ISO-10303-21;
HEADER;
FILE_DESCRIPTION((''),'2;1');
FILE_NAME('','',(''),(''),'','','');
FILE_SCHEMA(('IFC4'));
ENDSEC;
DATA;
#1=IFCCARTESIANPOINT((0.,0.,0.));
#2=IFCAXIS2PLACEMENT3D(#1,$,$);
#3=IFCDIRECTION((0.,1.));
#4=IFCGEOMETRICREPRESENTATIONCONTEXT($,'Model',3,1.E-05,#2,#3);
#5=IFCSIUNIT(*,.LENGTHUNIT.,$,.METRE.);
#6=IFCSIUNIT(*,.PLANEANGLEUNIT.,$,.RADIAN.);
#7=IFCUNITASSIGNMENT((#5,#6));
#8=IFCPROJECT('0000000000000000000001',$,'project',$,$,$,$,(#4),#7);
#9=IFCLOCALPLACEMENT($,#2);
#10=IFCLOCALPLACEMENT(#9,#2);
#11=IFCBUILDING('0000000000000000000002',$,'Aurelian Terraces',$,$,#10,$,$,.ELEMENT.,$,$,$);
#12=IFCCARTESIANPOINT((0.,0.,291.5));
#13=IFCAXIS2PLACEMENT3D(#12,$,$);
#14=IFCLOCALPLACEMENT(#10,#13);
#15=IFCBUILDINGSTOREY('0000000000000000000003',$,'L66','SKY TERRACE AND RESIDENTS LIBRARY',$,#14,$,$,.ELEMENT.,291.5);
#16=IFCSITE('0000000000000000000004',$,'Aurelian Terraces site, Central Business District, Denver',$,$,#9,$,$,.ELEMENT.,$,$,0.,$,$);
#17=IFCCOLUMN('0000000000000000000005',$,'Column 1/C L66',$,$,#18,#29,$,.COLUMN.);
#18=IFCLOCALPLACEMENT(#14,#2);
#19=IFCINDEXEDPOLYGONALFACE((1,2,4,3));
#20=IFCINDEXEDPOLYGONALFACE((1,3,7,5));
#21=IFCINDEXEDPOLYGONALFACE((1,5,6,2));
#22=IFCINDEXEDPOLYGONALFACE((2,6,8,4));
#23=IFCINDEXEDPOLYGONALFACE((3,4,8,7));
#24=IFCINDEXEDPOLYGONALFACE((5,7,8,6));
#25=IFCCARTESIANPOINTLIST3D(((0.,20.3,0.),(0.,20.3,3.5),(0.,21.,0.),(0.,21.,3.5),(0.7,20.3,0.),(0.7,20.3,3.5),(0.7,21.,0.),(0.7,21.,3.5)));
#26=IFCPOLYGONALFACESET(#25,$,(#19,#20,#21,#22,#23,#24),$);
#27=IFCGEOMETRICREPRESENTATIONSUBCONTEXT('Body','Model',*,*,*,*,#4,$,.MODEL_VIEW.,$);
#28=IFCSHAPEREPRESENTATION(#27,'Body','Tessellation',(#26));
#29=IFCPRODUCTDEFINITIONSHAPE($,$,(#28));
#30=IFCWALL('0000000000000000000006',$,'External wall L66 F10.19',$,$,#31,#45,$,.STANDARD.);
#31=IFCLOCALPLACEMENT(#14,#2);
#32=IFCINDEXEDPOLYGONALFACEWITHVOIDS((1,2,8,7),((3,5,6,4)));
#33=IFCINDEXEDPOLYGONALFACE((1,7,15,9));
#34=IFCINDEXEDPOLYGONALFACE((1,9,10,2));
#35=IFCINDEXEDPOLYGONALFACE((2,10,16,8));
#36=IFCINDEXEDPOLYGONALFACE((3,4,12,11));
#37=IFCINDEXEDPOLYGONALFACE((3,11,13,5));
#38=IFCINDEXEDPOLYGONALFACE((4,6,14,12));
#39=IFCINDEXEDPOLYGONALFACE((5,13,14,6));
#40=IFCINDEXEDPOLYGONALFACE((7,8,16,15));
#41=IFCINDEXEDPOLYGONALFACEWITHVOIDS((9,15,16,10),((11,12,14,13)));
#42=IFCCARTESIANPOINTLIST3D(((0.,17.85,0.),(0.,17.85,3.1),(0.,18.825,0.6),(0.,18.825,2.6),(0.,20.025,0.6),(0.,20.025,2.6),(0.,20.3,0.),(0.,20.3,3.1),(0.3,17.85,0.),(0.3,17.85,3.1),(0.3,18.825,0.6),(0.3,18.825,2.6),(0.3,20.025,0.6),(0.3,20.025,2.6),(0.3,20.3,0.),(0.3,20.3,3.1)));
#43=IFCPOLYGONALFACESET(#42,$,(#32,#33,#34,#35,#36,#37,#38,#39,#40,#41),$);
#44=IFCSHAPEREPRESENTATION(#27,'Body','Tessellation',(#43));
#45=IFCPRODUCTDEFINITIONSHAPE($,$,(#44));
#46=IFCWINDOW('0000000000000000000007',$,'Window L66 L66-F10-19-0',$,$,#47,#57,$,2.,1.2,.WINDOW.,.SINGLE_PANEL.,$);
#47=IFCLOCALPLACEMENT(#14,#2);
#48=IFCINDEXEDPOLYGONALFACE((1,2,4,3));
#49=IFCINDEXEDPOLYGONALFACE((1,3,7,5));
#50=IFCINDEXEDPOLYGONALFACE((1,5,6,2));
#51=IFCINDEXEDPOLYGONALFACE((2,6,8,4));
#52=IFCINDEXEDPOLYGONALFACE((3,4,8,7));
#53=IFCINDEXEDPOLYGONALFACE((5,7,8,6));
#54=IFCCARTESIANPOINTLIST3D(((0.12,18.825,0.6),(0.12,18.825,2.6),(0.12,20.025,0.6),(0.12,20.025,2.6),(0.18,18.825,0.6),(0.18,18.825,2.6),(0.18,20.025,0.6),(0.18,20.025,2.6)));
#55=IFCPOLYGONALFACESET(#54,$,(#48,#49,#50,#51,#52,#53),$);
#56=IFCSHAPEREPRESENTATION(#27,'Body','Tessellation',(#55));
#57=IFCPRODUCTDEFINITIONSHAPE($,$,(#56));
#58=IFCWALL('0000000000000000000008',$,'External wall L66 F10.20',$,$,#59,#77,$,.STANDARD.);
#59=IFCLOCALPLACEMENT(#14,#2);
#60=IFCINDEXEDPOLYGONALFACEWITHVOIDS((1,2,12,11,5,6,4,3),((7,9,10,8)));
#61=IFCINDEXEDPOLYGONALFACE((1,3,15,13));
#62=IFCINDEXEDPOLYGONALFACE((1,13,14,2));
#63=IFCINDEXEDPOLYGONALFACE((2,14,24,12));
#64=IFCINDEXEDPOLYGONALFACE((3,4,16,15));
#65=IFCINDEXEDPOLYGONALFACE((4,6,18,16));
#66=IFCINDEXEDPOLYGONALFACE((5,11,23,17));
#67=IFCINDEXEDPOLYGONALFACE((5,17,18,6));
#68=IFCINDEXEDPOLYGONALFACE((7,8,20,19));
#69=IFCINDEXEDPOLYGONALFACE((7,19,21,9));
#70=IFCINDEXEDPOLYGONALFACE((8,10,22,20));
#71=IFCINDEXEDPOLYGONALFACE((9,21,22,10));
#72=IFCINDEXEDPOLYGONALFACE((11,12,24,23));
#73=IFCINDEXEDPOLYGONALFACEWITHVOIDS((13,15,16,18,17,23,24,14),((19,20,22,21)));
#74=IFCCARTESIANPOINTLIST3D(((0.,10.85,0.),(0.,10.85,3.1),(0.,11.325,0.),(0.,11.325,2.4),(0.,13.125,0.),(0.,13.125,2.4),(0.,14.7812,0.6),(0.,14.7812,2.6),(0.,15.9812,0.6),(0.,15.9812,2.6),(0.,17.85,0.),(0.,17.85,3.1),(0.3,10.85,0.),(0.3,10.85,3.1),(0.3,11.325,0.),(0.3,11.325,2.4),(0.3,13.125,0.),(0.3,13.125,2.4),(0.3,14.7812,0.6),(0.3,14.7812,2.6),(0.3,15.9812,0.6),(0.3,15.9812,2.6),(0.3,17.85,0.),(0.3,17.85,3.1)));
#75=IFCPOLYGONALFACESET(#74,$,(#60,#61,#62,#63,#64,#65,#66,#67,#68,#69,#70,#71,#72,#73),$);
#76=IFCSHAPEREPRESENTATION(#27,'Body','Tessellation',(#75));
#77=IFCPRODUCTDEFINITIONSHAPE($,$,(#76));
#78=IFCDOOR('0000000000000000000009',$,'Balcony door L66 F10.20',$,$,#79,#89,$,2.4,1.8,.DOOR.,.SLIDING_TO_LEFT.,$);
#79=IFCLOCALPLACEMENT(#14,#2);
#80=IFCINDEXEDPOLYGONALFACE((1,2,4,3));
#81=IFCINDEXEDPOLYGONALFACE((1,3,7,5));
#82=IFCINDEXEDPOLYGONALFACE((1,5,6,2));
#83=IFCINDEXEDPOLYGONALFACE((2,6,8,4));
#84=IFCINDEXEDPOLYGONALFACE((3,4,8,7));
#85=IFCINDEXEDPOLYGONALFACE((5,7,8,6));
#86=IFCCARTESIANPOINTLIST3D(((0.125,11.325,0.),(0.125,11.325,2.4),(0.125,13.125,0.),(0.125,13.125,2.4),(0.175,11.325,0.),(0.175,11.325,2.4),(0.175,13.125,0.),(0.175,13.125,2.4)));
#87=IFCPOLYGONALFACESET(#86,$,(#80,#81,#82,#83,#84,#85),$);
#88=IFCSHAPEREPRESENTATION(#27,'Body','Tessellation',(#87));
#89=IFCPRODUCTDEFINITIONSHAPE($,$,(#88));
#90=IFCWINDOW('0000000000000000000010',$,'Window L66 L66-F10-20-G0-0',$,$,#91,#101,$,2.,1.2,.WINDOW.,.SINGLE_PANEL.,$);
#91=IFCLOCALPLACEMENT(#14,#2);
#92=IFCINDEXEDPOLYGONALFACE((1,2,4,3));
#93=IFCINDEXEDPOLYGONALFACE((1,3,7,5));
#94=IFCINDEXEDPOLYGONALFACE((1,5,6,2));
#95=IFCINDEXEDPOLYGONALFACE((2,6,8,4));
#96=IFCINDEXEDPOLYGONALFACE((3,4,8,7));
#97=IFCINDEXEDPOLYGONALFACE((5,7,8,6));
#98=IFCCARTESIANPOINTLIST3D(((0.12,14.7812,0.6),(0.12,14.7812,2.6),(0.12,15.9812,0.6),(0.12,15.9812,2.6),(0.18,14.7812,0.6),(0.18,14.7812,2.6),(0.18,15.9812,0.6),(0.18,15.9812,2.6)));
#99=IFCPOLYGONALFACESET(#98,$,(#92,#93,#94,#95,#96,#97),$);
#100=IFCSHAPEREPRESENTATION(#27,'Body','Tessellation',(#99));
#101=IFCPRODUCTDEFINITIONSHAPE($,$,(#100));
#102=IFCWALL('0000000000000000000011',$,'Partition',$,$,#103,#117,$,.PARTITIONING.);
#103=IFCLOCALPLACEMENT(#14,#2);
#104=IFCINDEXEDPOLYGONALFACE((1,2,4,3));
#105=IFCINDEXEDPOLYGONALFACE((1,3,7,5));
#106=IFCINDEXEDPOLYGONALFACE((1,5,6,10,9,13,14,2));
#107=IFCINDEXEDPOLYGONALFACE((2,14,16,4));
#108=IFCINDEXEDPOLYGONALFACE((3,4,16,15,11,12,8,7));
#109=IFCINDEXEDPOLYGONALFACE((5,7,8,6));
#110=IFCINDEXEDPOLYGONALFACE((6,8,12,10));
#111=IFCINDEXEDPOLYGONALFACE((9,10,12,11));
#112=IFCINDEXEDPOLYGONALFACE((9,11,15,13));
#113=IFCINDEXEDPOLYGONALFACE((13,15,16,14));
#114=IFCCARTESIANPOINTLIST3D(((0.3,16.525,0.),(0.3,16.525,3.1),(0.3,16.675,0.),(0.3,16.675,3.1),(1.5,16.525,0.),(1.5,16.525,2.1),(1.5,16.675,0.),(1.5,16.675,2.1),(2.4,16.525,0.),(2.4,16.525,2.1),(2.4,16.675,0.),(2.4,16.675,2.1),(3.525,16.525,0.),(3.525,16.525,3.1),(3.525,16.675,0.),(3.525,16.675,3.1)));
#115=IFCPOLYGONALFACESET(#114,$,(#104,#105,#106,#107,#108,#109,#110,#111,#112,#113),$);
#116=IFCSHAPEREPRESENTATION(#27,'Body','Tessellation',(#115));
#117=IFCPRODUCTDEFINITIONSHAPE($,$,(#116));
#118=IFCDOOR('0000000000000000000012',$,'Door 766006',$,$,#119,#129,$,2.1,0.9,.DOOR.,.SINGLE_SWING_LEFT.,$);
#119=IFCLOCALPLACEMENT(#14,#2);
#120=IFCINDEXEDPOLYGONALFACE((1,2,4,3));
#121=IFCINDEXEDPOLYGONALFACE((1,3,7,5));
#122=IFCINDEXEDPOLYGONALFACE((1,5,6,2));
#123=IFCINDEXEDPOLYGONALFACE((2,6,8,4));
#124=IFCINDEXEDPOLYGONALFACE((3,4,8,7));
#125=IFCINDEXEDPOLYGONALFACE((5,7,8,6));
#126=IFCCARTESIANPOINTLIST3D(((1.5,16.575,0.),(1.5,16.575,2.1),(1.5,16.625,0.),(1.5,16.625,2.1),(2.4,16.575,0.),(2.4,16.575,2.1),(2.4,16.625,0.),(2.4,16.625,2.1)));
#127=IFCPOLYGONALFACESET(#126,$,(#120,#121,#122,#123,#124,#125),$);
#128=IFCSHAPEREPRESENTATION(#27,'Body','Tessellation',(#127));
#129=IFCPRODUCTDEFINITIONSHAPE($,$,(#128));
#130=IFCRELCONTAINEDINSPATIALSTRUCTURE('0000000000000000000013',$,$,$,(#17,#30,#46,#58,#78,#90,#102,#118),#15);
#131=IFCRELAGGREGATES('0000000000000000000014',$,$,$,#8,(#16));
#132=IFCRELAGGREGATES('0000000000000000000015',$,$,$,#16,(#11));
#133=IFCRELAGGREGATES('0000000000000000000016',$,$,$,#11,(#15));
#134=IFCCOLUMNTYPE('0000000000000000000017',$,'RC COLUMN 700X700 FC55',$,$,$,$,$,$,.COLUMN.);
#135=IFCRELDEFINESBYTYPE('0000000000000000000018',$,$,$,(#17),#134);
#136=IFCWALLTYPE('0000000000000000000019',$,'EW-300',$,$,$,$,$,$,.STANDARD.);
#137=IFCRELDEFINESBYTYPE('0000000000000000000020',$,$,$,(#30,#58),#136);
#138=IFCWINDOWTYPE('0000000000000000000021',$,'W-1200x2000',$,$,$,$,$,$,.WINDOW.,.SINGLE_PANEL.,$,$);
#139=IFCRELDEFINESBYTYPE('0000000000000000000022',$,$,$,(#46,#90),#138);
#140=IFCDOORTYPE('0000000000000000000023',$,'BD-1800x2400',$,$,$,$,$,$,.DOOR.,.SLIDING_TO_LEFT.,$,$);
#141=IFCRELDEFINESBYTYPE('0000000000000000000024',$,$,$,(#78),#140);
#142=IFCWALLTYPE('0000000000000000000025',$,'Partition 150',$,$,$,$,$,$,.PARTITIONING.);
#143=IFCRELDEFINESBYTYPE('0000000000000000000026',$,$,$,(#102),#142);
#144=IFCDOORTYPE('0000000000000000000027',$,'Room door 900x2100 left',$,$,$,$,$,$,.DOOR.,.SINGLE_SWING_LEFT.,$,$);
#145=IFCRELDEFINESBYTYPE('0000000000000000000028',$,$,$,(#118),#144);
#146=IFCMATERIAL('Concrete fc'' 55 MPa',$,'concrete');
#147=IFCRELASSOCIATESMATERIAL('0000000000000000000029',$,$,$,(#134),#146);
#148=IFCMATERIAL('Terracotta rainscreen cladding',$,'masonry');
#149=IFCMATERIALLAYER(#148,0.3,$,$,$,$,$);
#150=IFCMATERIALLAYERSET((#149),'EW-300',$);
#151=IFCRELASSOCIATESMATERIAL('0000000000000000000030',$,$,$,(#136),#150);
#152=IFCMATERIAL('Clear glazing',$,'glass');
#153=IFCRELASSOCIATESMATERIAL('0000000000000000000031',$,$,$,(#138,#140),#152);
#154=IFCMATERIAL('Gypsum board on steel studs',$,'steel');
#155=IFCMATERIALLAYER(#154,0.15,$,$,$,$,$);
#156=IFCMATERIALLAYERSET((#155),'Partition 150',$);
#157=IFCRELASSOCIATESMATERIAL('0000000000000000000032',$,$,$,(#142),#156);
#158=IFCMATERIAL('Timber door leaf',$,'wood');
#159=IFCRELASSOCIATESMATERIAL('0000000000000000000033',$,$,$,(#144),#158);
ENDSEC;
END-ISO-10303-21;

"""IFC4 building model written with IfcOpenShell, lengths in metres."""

from ifc_helpers import new_model, si_unit, direction, frame, frame_2d, origin, origin_2d, place, context, subcontext, project, spatial, rectangle, extrude, source, transform, mapped, material, layer, layer_set, material_profile, profile_set, type_object, element, fill, save


model = new_model("IFC4")

# Units and contexts
model_context = context("Model", 3, precision=1e-05, world=origin(), true_north=direction((0.0, 1.0)))
body_context = subcontext(model_context, "Body", "Model", "MODEL_VIEW")
ifc_project = project(units=[si_unit("LENGTHUNIT", "METRE"), si_unit("PLANEANGLEUNIT", "RADIAN")], contexts=[model_context])

# Site, building, storey
site_placement = place(None, origin())
site = spatial("IfcSite", under=ifc_project, at=site_placement, Name="Aurelian Terraces site, Central Business District, Denver", CompositionType="ELEMENT", RefElevation=0.0)
building_placement = place(site_placement, origin())
building = spatial("IfcBuilding", under=site, at=building_placement, Name="Aurelian Terraces", CompositionType="ELEMENT")
storey_placement = place(building_placement, frame((0.0, 0.0, 291.5)))
storey = spatial("IfcBuildingStorey", under=building, at=storey_placement, Name="L66", Description="SKY TERRACE AND RESIDENTS LIBRARY", CompositionType="ELEMENT", Elevation=291.5)

# Column
ifc_material_1 = material(Name="Concrete fc' 55 MPa", Category="concrete")
ifc_material_profile = material_profile(ifc_material_1, rectangle(XDim=0.7, YDim=0.7, at=origin_2d()))
ifc_profile_set = profile_set([ifc_material_profile], Name="Concrete fc' 55 MPa")
column_type = type_object("IfcColumnType", Name="RC COLUMN 700X700 FC55", PredefinedType="COLUMN", material=ifc_profile_set)
shared_shape_1 = source(origin(), body_context, "Body", "SweptSolid", [
    extrude(rectangle(XDim=0.7, YDim=0.7, at=origin_2d()), origin(), (0.0, 0.0, 1.0), 3.5),
])
column_placement = place(storey_placement, frame((0.35, 20.65, 0.0), z_axis=(0.0, 0.0, 1.0), x_axis=(1.0, 0.0, 0.0)))
element("IfcColumn", 1, at=column_placement, inside=storey, type_object=column_type, Name="Column 1/C L66", PredefinedType="COLUMN", context=body_context, shape_type="MappedRepresentation", body=[
    mapped(shared_shape_1, transform((0.0, 0.0, 0.0), scale=1.0)),
])

# Wall, opening, window
ifc_material_2 = material(Name="Terracotta rainscreen cladding", Category="masonry")
ifc_layer_1 = layer(ifc_material_2, 0.3)
ifc_layer_set_1 = layer_set([ifc_layer_1], Name="EW-300")
wall_type_1 = type_object("IfcWallType", Name="EW-300", PredefinedType="STANDARD", material=ifc_layer_set_1)
wall_1_placement = place(storey_placement, frame((0.15, 20.3, 0.0), z_axis=(0.0, 0.0, 1.0), x_axis=(0.0, -1.0, 0.0)))
wall_1 = element("IfcWall", 2, at=wall_1_placement, inside=storey, type_object=wall_type_1, Name="External wall L66 F10.19", PredefinedType="STANDARD", context=body_context, shape_type="SweptSolid", body=[
    extrude(rectangle(XDim=2.45, YDim=0.3, at=frame_2d((1.225, 0.0))), origin(), (0.0, 0.0, 1.0), 3.1),
])
shared_shape_2 = source(origin(), body_context, "Body", "SweptSolid", [
    extrude(rectangle(XDim=1.2, YDim=2.0, at=frame_2d((0.6, 1.0))), frame((0.0, 0.16, 0.0), z_axis=(0.0, -1.0, 0.0), x_axis=(1.0, 0.0, 0.0)), (0.0, 0.0, 1.0), 0.32),
])
opening_1_placement = place(wall_1_placement, frame((0.275, 0.0, 0.6)))
opening_1 = element("IfcOpeningElement", 3, at=opening_1_placement, cuts=wall_1, PredefinedType="OPENING", context=body_context, shape_type="MappedRepresentation", body=[
    mapped(shared_shape_2, transform((0.0, 0.0, 0.0), scale=1.0)),
])
ifc_material_3 = material(Name="Clear glazing", Category="glass")
window_type = type_object("IfcWindowType", Name="W-1200x2000", PartitioningType="SINGLE_PANEL", PredefinedType="WINDOW", material=ifc_material_3)
shared_shape_3 = source(origin(), body_context, "Body", "SweptSolid", [
    extrude(rectangle(XDim=1.2, YDim=2.0, at=frame_2d((0.6, 1.0))), frame((0.0, 0.03, 0.0), z_axis=(0.0, -1.0, 0.0), x_axis=(1.0, 0.0, 0.0)), (0.0, 0.0, 1.0), 0.06),
])
window_1_placement = place(opening_1_placement, origin())
window_1 = element("IfcWindow", 4, at=window_1_placement, inside=storey, type_object=window_type, Name="Window L66 L66-F10-19-0", OverallHeight=2.0, OverallWidth=1.2, PartitioningType="SINGLE_PANEL", PredefinedType="WINDOW", context=body_context, shape_type="MappedRepresentation", body=[
    mapped(shared_shape_3, transform((0.0, 0.0, 0.0), scale=1.0)),
])
fill(opening_1, window_1)

# Wall, openings, door, window
wall_2_placement = place(storey_placement, frame((0.15, 17.85, 0.0), z_axis=(0.0, 0.0, 1.0), x_axis=(0.0, -1.0, 0.0)))
wall_2 = element("IfcWall", 5, at=wall_2_placement, inside=storey, type_object=wall_type_1, Name="External wall L66 F10.20", PredefinedType="STANDARD", context=body_context, shape_type="SweptSolid", body=[
    extrude(rectangle(XDim=7.0, YDim=0.3, at=frame_2d((3.5, 0.0))), origin(), (0.0, 0.0, 1.0), 3.1),
])
shared_shape_4 = source(origin(), body_context, "Body", "SweptSolid", [
    extrude(rectangle(XDim=1.8, YDim=2.4, at=frame_2d((0.9, 1.2))), frame((0.0, 0.16, 0.0), z_axis=(0.0, -1.0, 0.0), x_axis=(1.0, 0.0, 0.0)), (0.0, 0.0, 1.0), 0.32),
])
opening_2_placement = place(wall_2_placement, frame((4.725, 0.0, 0.0)))
opening_2 = element("IfcOpeningElement", 6, at=opening_2_placement, cuts=wall_2, PredefinedType="OPENING", context=body_context, shape_type="MappedRepresentation", body=[
    mapped(shared_shape_4, transform((0.0, 0.0, 0.0), scale=1.0)),
])
opening_3_placement = place(wall_2_placement, frame((1.8688, 0.0, 0.6)))
opening_3 = element("IfcOpeningElement", 7, at=opening_3_placement, cuts=wall_2, PredefinedType="OPENING", context=body_context, shape_type="MappedRepresentation", body=[
    mapped(shared_shape_2, transform((0.0, 0.0, 0.0), scale=1.0)),
])
door_type_1 = type_object("IfcDoorType", Name="BD-1800x2400", OperationType="SLIDING_TO_LEFT", PredefinedType="DOOR", material=ifc_material_3)
shared_shape_5 = source(origin(), body_context, "Body", "SweptSolid", [
    extrude(rectangle(XDim=1.8, YDim=2.4, at=frame_2d((0.9, 1.2))), frame((0.0, 0.025, 0.0), z_axis=(0.0, -1.0, 0.0), x_axis=(1.0, 0.0, 0.0)), (0.0, 0.0, 1.0), 0.05),
])
door_1_placement = place(opening_2_placement, origin())
door_1 = element("IfcDoor", 8, at=door_1_placement, inside=storey, type_object=door_type_1, Name="Balcony door L66 F10.20", OperationType="SLIDING_TO_LEFT", OverallHeight=2.4, OverallWidth=1.8, PredefinedType="DOOR", context=body_context, shape_type="MappedRepresentation", body=[
    mapped(shared_shape_5, transform((0.0, 0.0, 0.0), scale=1.0)),
])
fill(opening_2, door_1)
window_2_placement = place(opening_3_placement, origin())
window_2 = element("IfcWindow", 9, at=window_2_placement, inside=storey, type_object=window_type, Name="Window L66 L66-F10-20-G0-0", OverallHeight=2.0, OverallWidth=1.2, PartitioningType="SINGLE_PANEL", PredefinedType="WINDOW", context=body_context, shape_type="MappedRepresentation", body=[
    mapped(shared_shape_3, transform((0.0, 0.0, 0.0), scale=1.0)),
])
fill(opening_3, window_2)

# Wall, opening, door
ifc_material_4 = material(Name="Gypsum board on steel studs", Category="steel")
ifc_layer_2 = layer(ifc_material_4, 0.15)
ifc_layer_set_2 = layer_set([ifc_layer_2], Name="Partition 150")
wall_type_2 = type_object("IfcWallType", Name="Partition 150", PredefinedType="PARTITIONING", material=ifc_layer_set_2)
shared_shape_6 = source(origin(), body_context, "Body", "SweptSolid", [
    extrude(rectangle(XDim=3.225, YDim=0.15, at=frame_2d((1.6125, 0.0))), origin(), (0.0, 0.0, 1.0), 3.1),
])
wall_3_placement = place(storey_placement, frame((0.3, 16.6, 0.0), z_axis=(0.0, 0.0, 1.0), x_axis=(1.0, 0.0, 0.0)))
wall_3 = element("IfcWall", 10, at=wall_3_placement, inside=storey, type_object=wall_type_2, Name="Partition", PredefinedType="PARTITIONING", context=body_context, shape_type="MappedRepresentation", body=[
    mapped(shared_shape_6, transform((0.0, 0.0, 0.0), scale=1.0)),
])
shared_shape_7 = source(origin(), body_context, "Body", "SweptSolid", [
    extrude(rectangle(XDim=0.9, YDim=2.1, at=frame_2d((0.45, 1.05))), frame((0.0, 0.085, 0.0), z_axis=(0.0, -1.0, 0.0), x_axis=(1.0, 0.0, 0.0)), (0.0, 0.0, 1.0), 0.17),
])
opening_4_placement = place(wall_3_placement, frame((1.2, 0.0, 0.0)))
opening_4 = element("IfcOpeningElement", 11, at=opening_4_placement, cuts=wall_3, PredefinedType="OPENING", context=body_context, shape_type="MappedRepresentation", body=[
    mapped(shared_shape_7, transform((0.0, 0.0, 0.0), scale=1.0)),
])
ifc_material_5 = material(Name="Timber door leaf", Category="wood")
door_type_2 = type_object("IfcDoorType", Name="Room door 900x2100 left", OperationType="SINGLE_SWING_LEFT", PredefinedType="DOOR", material=ifc_material_5)
shared_shape_8 = source(origin(), body_context, "Body", "SweptSolid", [
    extrude(rectangle(XDim=0.9, YDim=2.1, at=frame_2d((0.45, 1.05))), frame((0.0, 0.025, 0.0), z_axis=(0.0, -1.0, 0.0), x_axis=(1.0, 0.0, 0.0)), (0.0, 0.0, 1.0), 0.05),
])
door_2_placement = place(opening_4_placement, origin())
door_2 = element("IfcDoor", 12, at=door_2_placement, inside=storey, type_object=door_type_2, Name="Door 766006", OperationType="SINGLE_SWING_LEFT", OverallHeight=2.1, OverallWidth=0.9, PredefinedType="DOOR", context=body_context, shape_type="MappedRepresentation", body=[
    mapped(shared_shape_8, transform((0.0, 0.0, 0.0), scale=1.0)),
])
fill(opening_4, door_2)

save(model, "model.ifc")
